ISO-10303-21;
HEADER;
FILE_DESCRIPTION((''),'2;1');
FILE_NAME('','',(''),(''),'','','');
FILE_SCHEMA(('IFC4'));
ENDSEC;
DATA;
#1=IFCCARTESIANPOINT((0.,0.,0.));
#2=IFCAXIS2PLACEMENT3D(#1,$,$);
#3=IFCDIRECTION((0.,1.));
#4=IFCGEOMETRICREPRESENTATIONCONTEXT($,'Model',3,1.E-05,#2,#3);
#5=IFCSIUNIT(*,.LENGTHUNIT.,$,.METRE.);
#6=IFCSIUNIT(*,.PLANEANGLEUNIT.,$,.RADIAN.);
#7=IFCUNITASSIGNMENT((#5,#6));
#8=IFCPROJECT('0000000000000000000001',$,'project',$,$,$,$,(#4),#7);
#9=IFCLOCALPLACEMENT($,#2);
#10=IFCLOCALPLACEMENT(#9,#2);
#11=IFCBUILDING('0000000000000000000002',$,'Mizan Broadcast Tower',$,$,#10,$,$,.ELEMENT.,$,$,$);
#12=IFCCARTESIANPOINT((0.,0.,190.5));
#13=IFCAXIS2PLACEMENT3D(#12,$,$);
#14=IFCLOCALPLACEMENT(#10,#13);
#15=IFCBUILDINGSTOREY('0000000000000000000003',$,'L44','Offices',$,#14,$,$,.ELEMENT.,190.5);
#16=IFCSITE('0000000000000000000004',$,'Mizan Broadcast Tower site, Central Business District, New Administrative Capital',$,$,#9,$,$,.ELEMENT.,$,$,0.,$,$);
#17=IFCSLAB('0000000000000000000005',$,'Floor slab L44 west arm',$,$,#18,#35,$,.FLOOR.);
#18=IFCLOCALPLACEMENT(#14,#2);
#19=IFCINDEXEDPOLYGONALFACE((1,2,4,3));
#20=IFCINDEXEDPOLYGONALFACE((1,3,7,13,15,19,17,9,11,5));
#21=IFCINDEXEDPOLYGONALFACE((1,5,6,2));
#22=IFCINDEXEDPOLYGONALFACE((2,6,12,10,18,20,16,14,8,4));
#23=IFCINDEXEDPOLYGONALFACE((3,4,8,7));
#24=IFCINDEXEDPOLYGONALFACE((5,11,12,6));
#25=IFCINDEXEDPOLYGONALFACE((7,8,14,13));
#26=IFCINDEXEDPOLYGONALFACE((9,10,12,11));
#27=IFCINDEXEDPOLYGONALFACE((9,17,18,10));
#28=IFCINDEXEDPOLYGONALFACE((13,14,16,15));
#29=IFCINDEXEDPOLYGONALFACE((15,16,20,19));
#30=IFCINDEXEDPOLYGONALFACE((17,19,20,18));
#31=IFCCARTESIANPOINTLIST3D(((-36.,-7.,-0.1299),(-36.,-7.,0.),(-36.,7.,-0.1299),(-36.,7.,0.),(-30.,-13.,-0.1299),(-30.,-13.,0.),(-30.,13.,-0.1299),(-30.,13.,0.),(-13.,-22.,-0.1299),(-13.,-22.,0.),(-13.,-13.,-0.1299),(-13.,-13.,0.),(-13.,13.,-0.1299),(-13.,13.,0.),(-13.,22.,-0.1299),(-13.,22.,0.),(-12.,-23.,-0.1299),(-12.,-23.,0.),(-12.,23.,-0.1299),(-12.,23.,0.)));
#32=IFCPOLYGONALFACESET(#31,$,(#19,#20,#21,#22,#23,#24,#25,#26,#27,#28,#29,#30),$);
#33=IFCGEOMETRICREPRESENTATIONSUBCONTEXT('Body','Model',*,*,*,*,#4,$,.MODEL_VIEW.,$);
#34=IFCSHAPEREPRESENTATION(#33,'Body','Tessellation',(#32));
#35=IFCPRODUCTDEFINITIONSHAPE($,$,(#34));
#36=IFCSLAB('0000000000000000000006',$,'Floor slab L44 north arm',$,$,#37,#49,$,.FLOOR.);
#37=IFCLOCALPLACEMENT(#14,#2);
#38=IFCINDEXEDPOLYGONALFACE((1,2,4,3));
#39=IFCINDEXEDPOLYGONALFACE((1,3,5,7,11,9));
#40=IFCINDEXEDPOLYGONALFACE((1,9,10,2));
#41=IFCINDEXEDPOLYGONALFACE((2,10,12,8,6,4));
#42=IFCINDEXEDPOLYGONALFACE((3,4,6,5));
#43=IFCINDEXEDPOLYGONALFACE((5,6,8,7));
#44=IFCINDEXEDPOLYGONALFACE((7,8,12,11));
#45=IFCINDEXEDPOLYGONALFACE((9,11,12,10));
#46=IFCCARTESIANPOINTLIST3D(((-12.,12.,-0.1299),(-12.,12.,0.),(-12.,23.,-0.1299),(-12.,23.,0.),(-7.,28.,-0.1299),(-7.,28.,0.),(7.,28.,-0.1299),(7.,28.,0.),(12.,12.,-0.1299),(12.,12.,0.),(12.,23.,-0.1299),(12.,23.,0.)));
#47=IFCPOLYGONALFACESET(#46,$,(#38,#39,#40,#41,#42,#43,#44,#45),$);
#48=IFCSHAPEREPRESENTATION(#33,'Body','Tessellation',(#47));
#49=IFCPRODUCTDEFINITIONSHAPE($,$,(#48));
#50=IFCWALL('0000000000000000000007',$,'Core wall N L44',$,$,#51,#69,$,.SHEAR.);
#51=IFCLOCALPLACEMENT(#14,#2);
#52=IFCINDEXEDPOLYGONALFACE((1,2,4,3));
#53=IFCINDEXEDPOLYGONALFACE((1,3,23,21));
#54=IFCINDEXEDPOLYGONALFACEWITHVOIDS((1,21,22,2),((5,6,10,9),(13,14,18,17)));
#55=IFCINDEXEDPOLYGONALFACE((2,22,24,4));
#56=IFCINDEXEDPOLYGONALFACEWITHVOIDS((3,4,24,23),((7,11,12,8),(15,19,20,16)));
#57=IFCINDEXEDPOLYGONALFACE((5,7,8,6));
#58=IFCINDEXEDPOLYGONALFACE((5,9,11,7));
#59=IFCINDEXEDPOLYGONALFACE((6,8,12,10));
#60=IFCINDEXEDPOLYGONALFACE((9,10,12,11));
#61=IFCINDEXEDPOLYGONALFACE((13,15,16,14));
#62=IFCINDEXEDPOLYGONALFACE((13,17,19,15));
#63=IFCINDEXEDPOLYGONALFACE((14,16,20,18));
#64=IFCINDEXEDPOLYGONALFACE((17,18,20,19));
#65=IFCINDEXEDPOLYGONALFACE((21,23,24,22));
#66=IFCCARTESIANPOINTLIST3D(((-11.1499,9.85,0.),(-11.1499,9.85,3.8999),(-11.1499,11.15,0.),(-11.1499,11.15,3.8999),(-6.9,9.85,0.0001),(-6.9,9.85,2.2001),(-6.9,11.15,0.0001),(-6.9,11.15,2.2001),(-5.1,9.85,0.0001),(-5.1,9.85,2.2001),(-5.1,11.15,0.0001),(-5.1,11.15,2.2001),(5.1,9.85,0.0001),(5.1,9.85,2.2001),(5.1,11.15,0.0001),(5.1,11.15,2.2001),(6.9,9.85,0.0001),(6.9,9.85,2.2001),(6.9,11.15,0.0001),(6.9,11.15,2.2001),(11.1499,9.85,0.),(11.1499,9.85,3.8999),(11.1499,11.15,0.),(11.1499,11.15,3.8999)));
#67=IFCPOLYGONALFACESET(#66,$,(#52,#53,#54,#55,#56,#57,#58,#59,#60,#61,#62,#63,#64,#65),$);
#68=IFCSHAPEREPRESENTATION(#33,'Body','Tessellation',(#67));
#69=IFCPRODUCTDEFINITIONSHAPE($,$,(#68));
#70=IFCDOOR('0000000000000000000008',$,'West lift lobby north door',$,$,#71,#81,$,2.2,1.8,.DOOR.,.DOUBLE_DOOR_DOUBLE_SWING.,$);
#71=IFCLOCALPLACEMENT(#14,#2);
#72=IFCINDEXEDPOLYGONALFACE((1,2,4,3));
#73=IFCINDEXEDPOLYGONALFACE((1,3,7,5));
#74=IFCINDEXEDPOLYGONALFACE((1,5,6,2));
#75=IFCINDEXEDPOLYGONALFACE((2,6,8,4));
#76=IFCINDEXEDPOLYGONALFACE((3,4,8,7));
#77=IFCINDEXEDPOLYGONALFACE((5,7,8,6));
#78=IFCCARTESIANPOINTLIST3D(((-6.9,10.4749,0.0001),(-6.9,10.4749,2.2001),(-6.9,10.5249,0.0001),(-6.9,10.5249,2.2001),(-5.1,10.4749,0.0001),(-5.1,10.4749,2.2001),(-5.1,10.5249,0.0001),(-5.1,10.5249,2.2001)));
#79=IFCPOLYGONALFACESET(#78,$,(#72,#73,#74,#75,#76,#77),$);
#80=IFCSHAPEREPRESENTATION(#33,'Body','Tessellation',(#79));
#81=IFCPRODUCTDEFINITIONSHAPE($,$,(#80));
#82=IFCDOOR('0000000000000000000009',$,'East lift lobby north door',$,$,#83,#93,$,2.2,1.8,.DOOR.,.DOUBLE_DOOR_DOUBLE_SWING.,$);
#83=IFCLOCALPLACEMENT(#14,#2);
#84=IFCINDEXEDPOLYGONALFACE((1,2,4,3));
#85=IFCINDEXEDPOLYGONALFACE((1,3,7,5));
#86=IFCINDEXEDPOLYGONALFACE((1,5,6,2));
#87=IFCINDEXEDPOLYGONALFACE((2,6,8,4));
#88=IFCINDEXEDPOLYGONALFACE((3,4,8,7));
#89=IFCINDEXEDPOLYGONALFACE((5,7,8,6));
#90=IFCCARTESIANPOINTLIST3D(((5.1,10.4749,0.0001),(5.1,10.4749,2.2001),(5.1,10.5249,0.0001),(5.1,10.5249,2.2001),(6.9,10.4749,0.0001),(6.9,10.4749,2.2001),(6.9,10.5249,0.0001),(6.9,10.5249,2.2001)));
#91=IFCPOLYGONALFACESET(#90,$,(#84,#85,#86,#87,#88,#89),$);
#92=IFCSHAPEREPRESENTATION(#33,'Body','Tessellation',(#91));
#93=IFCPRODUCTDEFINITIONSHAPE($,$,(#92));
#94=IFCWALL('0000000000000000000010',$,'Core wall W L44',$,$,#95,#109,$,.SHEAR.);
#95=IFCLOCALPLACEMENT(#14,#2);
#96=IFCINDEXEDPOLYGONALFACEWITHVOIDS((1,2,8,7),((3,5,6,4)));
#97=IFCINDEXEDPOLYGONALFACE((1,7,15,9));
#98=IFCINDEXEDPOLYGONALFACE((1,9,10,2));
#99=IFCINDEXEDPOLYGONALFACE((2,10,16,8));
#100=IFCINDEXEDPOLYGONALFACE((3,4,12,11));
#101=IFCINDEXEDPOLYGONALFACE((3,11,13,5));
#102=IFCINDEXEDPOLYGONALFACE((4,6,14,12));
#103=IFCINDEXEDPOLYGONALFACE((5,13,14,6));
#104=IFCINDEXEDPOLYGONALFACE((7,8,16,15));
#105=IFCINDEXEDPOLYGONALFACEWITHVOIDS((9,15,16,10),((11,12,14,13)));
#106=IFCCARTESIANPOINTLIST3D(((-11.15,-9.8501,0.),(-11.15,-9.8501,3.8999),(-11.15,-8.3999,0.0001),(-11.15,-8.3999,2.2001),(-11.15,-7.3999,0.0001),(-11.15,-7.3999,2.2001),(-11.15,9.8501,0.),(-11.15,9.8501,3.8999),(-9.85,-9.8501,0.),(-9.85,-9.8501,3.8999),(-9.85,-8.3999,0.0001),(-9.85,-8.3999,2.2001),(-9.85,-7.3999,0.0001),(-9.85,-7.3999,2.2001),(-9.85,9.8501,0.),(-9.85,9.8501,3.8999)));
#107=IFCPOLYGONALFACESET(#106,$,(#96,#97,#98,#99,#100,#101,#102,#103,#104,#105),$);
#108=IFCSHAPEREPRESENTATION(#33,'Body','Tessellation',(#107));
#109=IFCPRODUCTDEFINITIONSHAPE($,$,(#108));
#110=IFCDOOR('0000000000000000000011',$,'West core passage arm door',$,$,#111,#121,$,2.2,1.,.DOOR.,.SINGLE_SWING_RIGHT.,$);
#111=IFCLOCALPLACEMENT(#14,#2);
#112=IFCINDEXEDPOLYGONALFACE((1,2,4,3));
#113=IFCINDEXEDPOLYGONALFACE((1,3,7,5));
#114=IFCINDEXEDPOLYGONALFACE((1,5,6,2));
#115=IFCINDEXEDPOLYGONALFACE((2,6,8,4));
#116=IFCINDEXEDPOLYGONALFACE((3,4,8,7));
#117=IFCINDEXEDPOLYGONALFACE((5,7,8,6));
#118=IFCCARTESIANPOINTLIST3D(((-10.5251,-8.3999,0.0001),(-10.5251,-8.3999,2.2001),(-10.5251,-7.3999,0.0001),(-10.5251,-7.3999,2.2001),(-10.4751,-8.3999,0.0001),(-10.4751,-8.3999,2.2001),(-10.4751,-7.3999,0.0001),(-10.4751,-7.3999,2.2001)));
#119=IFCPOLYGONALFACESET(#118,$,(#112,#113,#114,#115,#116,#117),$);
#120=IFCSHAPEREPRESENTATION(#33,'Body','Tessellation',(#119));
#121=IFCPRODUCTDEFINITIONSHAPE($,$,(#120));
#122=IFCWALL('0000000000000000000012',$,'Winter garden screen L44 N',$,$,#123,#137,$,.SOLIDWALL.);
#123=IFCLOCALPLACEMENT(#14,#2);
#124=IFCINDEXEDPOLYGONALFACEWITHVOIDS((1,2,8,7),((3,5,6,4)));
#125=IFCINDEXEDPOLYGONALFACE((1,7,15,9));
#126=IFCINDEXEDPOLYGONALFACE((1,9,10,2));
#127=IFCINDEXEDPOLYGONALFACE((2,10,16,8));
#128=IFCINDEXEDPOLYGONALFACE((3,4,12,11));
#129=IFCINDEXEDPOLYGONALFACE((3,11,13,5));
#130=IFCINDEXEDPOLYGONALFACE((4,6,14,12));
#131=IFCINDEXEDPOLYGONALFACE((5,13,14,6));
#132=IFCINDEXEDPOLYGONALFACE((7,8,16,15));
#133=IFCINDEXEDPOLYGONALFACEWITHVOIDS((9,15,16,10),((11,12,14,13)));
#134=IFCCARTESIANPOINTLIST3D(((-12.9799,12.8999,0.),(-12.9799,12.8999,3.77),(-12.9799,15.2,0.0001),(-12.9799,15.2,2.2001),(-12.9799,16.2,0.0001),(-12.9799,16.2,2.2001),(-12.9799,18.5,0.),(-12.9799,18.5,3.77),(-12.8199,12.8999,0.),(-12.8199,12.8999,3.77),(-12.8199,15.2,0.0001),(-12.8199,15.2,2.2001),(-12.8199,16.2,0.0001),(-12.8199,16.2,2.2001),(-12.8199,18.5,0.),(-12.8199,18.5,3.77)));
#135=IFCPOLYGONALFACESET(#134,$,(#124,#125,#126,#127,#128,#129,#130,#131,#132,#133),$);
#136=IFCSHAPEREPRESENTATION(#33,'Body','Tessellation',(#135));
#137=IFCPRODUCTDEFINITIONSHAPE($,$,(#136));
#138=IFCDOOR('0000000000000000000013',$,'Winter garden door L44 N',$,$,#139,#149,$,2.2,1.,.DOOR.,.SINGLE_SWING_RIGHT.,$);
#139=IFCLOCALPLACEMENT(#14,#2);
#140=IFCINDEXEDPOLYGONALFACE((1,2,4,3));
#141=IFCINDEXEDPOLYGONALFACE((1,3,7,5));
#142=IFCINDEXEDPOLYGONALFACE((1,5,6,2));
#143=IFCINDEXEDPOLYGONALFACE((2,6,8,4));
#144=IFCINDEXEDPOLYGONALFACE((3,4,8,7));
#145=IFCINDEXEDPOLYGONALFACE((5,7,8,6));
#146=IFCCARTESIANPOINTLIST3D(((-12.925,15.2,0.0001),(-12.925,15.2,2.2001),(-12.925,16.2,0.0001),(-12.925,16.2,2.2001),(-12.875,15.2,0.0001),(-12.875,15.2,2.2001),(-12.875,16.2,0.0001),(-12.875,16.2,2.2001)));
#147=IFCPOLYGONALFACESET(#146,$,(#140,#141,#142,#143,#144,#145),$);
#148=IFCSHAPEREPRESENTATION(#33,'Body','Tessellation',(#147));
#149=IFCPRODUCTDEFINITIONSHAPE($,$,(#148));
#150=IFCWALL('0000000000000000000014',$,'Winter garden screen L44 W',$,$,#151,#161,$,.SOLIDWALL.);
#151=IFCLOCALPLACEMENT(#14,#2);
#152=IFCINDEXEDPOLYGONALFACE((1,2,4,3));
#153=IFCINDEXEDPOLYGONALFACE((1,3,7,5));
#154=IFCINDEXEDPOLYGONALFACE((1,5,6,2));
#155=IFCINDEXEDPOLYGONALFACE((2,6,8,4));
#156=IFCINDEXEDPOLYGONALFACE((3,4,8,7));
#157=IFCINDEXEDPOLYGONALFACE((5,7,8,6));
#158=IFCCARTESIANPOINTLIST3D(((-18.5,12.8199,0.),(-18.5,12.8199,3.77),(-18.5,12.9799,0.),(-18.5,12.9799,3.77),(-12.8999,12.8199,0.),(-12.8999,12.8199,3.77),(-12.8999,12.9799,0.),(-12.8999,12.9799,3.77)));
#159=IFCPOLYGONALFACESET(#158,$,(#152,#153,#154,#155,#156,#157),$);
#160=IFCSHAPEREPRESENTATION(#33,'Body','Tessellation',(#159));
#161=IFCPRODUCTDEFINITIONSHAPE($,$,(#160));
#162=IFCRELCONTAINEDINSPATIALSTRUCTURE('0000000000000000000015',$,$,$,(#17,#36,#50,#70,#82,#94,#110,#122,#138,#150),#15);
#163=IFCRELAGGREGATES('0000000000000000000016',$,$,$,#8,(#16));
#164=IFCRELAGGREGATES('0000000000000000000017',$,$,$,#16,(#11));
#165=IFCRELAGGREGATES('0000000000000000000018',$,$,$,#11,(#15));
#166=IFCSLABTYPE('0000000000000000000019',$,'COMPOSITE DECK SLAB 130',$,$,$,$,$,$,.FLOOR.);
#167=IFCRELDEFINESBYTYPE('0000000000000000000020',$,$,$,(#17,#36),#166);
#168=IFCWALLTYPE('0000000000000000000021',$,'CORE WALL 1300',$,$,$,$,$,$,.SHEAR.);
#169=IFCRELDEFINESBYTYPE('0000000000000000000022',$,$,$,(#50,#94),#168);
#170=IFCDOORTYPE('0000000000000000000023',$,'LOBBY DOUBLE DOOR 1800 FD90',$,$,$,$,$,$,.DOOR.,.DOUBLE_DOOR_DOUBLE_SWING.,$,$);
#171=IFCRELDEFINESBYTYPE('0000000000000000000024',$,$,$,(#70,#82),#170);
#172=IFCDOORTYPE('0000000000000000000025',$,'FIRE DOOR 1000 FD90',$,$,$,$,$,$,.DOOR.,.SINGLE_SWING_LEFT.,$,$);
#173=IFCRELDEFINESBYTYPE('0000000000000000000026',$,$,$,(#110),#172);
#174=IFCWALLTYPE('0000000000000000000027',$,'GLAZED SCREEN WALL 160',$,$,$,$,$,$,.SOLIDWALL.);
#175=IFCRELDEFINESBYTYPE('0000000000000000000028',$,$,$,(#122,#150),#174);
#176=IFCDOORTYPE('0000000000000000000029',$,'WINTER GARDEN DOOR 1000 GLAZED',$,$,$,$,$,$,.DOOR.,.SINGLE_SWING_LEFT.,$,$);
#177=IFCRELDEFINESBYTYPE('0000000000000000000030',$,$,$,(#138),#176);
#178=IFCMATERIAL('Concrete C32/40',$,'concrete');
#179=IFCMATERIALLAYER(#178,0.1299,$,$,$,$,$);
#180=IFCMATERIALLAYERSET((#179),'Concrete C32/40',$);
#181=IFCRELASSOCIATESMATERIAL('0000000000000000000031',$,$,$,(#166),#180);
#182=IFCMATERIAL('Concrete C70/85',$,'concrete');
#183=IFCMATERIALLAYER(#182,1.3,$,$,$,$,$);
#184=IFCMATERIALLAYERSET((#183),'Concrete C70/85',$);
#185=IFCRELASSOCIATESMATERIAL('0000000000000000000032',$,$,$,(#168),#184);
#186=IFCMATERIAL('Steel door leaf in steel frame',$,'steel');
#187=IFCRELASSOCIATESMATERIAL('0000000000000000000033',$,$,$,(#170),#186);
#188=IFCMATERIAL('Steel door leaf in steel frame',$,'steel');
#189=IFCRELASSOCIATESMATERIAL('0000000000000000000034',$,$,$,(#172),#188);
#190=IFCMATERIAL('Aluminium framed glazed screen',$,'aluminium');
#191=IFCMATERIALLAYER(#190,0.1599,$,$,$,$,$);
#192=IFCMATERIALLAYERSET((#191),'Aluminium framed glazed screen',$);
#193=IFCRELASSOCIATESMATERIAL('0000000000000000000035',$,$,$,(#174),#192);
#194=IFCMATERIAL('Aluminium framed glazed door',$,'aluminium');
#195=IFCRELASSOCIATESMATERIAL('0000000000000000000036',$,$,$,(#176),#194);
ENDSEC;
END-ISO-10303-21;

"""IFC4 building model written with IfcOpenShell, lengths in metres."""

from ifc_helpers import new_model, si_unit, direction, frame, frame_2d, origin, place, context, subcontext, project, spatial, polyline, rectangle, outline, extrude, material, layer, layer_set, type_object, element, fill, save


model = new_model("IFC4")

# Units and contexts
model_context = context("Model", 3, precision=1e-05, world=origin(), true_north=direction((0.0, 1.0)))
body_context = subcontext(model_context, "Body", "Model", "MODEL_VIEW")
ifc_project = project(units=[si_unit("LENGTHUNIT", "METRE"), si_unit("PLANEANGLEUNIT", "RADIAN")], contexts=[model_context])

# Site, building, storey
site_placement = place(None, origin())
site = spatial("IfcSite", under=ifc_project, at=site_placement, Name="Mizan Broadcast Tower site, Central Business District, New Administrative Capital", CompositionType="ELEMENT", RefElevation=0.0)
building_placement = place(site_placement, origin())
building = spatial("IfcBuilding", under=site, at=building_placement, Name="Mizan Broadcast Tower", CompositionType="ELEMENT")
storey_placement = place(building_placement, frame((0.0, 0.0, 190.5)))
storey = spatial("IfcBuildingStorey", under=building, at=storey_placement, Name="L44", Description="Offices", CompositionType="ELEMENT", Elevation=190.5)

# Slabs
ifc_material_1 = material(Name="Concrete C32/40", Category="concrete")
ifc_layer_1 = layer(ifc_material_1, 0.1299)
ifc_layer_set_1 = layer_set([ifc_layer_1], Name="Concrete C32/40")
slab_type = type_object("IfcSlabType", Name="COMPOSITE DECK SLAB 130", PredefinedType="FLOOR", material=ifc_layer_set_1)
slab_1_placement = place(storey_placement, frame((0.0, 0.0, -0.1299)))
element("IfcSlab", 1, at=slab_1_placement, inside=storey, type_object=slab_type, Name="Floor slab L44 west arm", PredefinedType="FLOOR", context=body_context, shape_type="SweptSolid", body=[
    extrude(outline(polyline([(-13.0, -22.0), (-12.0, -23.0), (-12.0, 23.0), (-13.0, 22.0), (-13.0, 13.0), (-30.0, 13.0), (-36.0, 7.0), (-36.0, -7.0), (-30.0, -13.0), (-13.0, -13.0), (-13.0, -22.0)])), origin(), (0.0, 0.0, 1.0), 0.1299),
])
slab_2_placement = place(storey_placement, frame((0.0, 0.0, -0.1299)))
element("IfcSlab", 2, at=slab_2_placement, inside=storey, type_object=slab_type, Name="Floor slab L44 north arm", PredefinedType="FLOOR", context=body_context, shape_type="SweptSolid", body=[
    extrude(outline(polyline([(-7.0, 28.0), (-12.0, 23.0), (-12.0, 12.0), (12.0, 12.0), (12.0, 23.0), (7.0, 28.0), (-7.0, 28.0)])), origin(), (0.0, 0.0, 1.0), 0.1299),
])

# Wall, openings, doors
ifc_material_2 = material(Name="Concrete C70/85", Category="concrete")
ifc_layer_2 = layer(ifc_material_2, 1.3)
ifc_layer_set_2 = layer_set([ifc_layer_2], Name="Concrete C70/85")
wall_type_1 = type_object("IfcWallType", Name="CORE WALL 1300", PredefinedType="SHEAR", material=ifc_layer_set_2)
wall_1_placement = place(storey_placement, frame((-11.1499, 10.5, 0.0), z_axis=(0.0, 0.0, 1.0), x_axis=(1.0, 0.0, 0.0)))
wall_1 = element("IfcWall", 3, at=wall_1_placement, inside=storey, type_object=wall_type_1, Name="Core wall N L44", PredefinedType="SHEAR", context=body_context, shape_type="SweptSolid", body=[
    extrude(rectangle(XDim=22.2998, YDim=1.3, at=frame_2d((11.1499, 0.0))), origin(), (0.0, 0.0, 1.0), 3.8999),
])
opening_1_placement = place(wall_1_placement, frame((4.25, 0.0, 0.0)))
opening_1 = element("IfcOpeningElement", 4, at=opening_1_placement, cuts=wall_1, PredefinedType="OPENING", context=body_context, shape_type="SweptSolid", body=[
    extrude(rectangle(XDim=1.8, YDim=2.2, at=frame_2d((0.8999, 1.1001))), frame((0.0, 0.6599, 0.0), z_axis=(0.0, -1.0, 0.0), x_axis=(1.0, 0.0, 0.0)), (0.0, 0.0, 1.0), 1.3201),
])
opening_2_placement = place(wall_1_placement, frame((16.25, 0.0, 0.0)))
opening_2 = element("IfcOpeningElement", 5, at=opening_2_placement, cuts=wall_1, PredefinedType="OPENING", context=body_context, shape_type="SweptSolid", body=[
    extrude(rectangle(XDim=1.8, YDim=2.2, at=frame_2d((0.8999, 1.1001))), frame((0.0, 0.6599, 0.0), z_axis=(0.0, -1.0, 0.0), x_axis=(1.0, 0.0, 0.0)), (0.0, 0.0, 1.0), 1.3201),
])
ifc_material_3 = material(Name="Steel door leaf in steel frame", Category="steel")
door_type_1 = type_object("IfcDoorType", Name="LOBBY DOUBLE DOOR 1800 FD90", OperationType="DOUBLE_DOOR_DOUBLE_SWING", PredefinedType="DOOR", material=ifc_material_3)
door_1_placement = place(opening_1_placement, origin())
door_1 = element("IfcDoor", 6, at=door_1_placement, inside=storey, type_object=door_type_1, Name="West lift lobby north door", OperationType="DOUBLE_DOOR_DOUBLE_SWING", OverallHeight=2.2, OverallWidth=1.8, PredefinedType="DOOR", context=body_context, shape_type="SweptSolid", body=[
    extrude(rectangle(XDim=1.8, YDim=2.2, at=frame_2d((0.8999, 1.1001))), frame((0.0, 0.0249, 0.0), z_axis=(0.0, -1.0, 0.0), x_axis=(1.0, 0.0, 0.0)), (0.0, 0.0, 1.0), 0.05),
])
fill(opening_1, door_1)
door_2_placement = place(opening_2_placement, origin())
door_2 = element("IfcDoor", 7, at=door_2_placement, inside=storey, type_object=door_type_1, Name="East lift lobby north door", OperationType="DOUBLE_DOOR_DOUBLE_SWING", OverallHeight=2.2, OverallWidth=1.8, PredefinedType="DOOR", context=body_context, shape_type="SweptSolid", body=[
    extrude(rectangle(XDim=1.8, YDim=2.2, at=frame_2d((0.8999, 1.1001))), frame((0.0, 0.0249, 0.0), z_axis=(0.0, -1.0, 0.0), x_axis=(1.0, 0.0, 0.0)), (0.0, 0.0, 1.0), 0.05),
])
fill(opening_2, door_2)

# Walls, openings, doors
wall_2_placement = place(storey_placement, frame((-10.5, 9.8501, 0.0), z_axis=(0.0, 0.0, 1.0), x_axis=(0.0, -1.0, 0.0)))
wall_2 = element("IfcWall", 8, at=wall_2_placement, inside=storey, type_object=wall_type_1, Name="Core wall W L44", PredefinedType="SHEAR", context=body_context, shape_type="SweptSolid", body=[
    extrude(rectangle(XDim=19.7002, YDim=1.3, at=frame_2d((9.8501, 0.0))), origin(), (0.0, 0.0, 1.0), 3.8999),
])
opening_3_placement = place(wall_2_placement, frame((17.25, 0.0, 0.0)))
opening_3 = element("IfcOpeningElement", 9, at=opening_3_placement, cuts=wall_2, PredefinedType="OPENING", context=body_context, shape_type="SweptSolid", body=[
    extrude(rectangle(XDim=1.0, YDim=2.2, at=frame_2d((0.5, 1.1001))), frame((0.0, 0.6599, 0.0), z_axis=(0.0, -1.0, 0.0), x_axis=(1.0, 0.0, 0.0)), (0.0, 0.0, 1.0), 1.3201),
])
ifc_material_4 = material(Name="Steel door leaf in steel frame", Category="steel")
door_type_2 = type_object("IfcDoorType", Name="FIRE DOOR 1000 FD90", OperationType="SINGLE_SWING_LEFT", PredefinedType="DOOR", material=ifc_material_4)
door_3_placement = place(opening_3_placement, origin())
door_3 = element("IfcDoor", 10, at=door_3_placement, inside=storey, type_object=door_type_2, Name="West core passage arm door", OperationType="SINGLE_SWING_RIGHT", OverallHeight=2.2, OverallWidth=1.0, PredefinedType="DOOR", context=body_context, shape_type="SweptSolid", body=[
    extrude(rectangle(XDim=1.0, YDim=2.2, at=frame_2d((0.5, 1.1001))), frame((0.0, 0.0249, 0.0), z_axis=(0.0, -1.0, 0.0), x_axis=(1.0, 0.0, 0.0)), (0.0, 0.0, 1.0), 0.05),
])
fill(opening_3, door_3)
ifc_material_5 = material(Name="Aluminium framed glazed screen", Category="aluminium")
ifc_layer_3 = layer(ifc_material_5, 0.1599)
ifc_layer_set_3 = layer_set([ifc_layer_3], Name="Aluminium framed glazed screen")
wall_type_2 = type_object("IfcWallType", Name="GLAZED SCREEN WALL 160", PredefinedType="SOLIDWALL", material=ifc_layer_set_3)
wall_3_placement = place(storey_placement, frame((-12.8999, 18.5, 0.0), z_axis=(0.0, 0.0, 1.0), x_axis=(0.0, -1.0, 0.0)))
wall_3 = element("IfcWall", 11, at=wall_3_placement, inside=storey, type_object=wall_type_2, Name="Winter garden screen L44 N", PredefinedType="SOLIDWALL", context=body_context, shape_type="SweptSolid", body=[
    extrude(rectangle(XDim=5.6001, YDim=0.1599, at=frame_2d((2.8, 0.0))), origin(), (0.0, 0.0, 1.0), 3.77),
])
opening_4_placement = place(wall_3_placement, frame((2.3, 0.0, 0.0)))
opening_4 = element("IfcOpeningElement", 12, at=opening_4_placement, cuts=wall_3, PredefinedType="OPENING", context=body_context, shape_type="SweptSolid", body=[
    extrude(rectangle(XDim=1.0, YDim=2.2, at=frame_2d((0.5, 1.1001))), frame((0.0, 0.0898, 0.0), z_axis=(0.0, -1.0, 0.0), x_axis=(1.0, 0.0, 0.0)), (0.0, 0.0, 1.0), 0.1799),
])
ifc_material_6 = material(Name="Aluminium framed glazed door", Category="aluminium")
door_type_3 = type_object("IfcDoorType", Name="WINTER GARDEN DOOR 1000 GLAZED", OperationType="SINGLE_SWING_LEFT", PredefinedType="DOOR", material=ifc_material_6)
door_4_placement = place(opening_4_placement, origin())
door_4 = element("IfcDoor", 13, at=door_4_placement, inside=storey, type_object=door_type_3, Name="Winter garden door L44 N", OperationType="SINGLE_SWING_RIGHT", OverallHeight=2.2, OverallWidth=1.0, PredefinedType="DOOR", context=body_context, shape_type="SweptSolid", body=[
    extrude(rectangle(XDim=1.0, YDim=2.2, at=frame_2d((0.5, 1.1001))), frame((0.0, 0.0249, 0.0), z_axis=(0.0, -1.0, 0.0), x_axis=(1.0, 0.0, 0.0)), (0.0, 0.0, 1.0), 0.05),
])
fill(opening_4, door_4)

# Wall
wall_4_placement = place(storey_placement, frame((-12.8999, 12.8999, 0.0), z_axis=(0.0, 0.0, 1.0), x_axis=(-1.0, 0.0, 0.0)))
element("IfcWall", 14, at=wall_4_placement, inside=storey, type_object=wall_type_2, Name="Winter garden screen L44 W", PredefinedType="SOLIDWALL", context=body_context, shape_type="SweptSolid", body=[
    extrude(rectangle(XDim=5.6001, YDim=0.1599, at=frame_2d((2.8, 0.0))), origin(), (0.0, 0.0, 1.0), 3.77),
])

save(model, "model.ifc")
